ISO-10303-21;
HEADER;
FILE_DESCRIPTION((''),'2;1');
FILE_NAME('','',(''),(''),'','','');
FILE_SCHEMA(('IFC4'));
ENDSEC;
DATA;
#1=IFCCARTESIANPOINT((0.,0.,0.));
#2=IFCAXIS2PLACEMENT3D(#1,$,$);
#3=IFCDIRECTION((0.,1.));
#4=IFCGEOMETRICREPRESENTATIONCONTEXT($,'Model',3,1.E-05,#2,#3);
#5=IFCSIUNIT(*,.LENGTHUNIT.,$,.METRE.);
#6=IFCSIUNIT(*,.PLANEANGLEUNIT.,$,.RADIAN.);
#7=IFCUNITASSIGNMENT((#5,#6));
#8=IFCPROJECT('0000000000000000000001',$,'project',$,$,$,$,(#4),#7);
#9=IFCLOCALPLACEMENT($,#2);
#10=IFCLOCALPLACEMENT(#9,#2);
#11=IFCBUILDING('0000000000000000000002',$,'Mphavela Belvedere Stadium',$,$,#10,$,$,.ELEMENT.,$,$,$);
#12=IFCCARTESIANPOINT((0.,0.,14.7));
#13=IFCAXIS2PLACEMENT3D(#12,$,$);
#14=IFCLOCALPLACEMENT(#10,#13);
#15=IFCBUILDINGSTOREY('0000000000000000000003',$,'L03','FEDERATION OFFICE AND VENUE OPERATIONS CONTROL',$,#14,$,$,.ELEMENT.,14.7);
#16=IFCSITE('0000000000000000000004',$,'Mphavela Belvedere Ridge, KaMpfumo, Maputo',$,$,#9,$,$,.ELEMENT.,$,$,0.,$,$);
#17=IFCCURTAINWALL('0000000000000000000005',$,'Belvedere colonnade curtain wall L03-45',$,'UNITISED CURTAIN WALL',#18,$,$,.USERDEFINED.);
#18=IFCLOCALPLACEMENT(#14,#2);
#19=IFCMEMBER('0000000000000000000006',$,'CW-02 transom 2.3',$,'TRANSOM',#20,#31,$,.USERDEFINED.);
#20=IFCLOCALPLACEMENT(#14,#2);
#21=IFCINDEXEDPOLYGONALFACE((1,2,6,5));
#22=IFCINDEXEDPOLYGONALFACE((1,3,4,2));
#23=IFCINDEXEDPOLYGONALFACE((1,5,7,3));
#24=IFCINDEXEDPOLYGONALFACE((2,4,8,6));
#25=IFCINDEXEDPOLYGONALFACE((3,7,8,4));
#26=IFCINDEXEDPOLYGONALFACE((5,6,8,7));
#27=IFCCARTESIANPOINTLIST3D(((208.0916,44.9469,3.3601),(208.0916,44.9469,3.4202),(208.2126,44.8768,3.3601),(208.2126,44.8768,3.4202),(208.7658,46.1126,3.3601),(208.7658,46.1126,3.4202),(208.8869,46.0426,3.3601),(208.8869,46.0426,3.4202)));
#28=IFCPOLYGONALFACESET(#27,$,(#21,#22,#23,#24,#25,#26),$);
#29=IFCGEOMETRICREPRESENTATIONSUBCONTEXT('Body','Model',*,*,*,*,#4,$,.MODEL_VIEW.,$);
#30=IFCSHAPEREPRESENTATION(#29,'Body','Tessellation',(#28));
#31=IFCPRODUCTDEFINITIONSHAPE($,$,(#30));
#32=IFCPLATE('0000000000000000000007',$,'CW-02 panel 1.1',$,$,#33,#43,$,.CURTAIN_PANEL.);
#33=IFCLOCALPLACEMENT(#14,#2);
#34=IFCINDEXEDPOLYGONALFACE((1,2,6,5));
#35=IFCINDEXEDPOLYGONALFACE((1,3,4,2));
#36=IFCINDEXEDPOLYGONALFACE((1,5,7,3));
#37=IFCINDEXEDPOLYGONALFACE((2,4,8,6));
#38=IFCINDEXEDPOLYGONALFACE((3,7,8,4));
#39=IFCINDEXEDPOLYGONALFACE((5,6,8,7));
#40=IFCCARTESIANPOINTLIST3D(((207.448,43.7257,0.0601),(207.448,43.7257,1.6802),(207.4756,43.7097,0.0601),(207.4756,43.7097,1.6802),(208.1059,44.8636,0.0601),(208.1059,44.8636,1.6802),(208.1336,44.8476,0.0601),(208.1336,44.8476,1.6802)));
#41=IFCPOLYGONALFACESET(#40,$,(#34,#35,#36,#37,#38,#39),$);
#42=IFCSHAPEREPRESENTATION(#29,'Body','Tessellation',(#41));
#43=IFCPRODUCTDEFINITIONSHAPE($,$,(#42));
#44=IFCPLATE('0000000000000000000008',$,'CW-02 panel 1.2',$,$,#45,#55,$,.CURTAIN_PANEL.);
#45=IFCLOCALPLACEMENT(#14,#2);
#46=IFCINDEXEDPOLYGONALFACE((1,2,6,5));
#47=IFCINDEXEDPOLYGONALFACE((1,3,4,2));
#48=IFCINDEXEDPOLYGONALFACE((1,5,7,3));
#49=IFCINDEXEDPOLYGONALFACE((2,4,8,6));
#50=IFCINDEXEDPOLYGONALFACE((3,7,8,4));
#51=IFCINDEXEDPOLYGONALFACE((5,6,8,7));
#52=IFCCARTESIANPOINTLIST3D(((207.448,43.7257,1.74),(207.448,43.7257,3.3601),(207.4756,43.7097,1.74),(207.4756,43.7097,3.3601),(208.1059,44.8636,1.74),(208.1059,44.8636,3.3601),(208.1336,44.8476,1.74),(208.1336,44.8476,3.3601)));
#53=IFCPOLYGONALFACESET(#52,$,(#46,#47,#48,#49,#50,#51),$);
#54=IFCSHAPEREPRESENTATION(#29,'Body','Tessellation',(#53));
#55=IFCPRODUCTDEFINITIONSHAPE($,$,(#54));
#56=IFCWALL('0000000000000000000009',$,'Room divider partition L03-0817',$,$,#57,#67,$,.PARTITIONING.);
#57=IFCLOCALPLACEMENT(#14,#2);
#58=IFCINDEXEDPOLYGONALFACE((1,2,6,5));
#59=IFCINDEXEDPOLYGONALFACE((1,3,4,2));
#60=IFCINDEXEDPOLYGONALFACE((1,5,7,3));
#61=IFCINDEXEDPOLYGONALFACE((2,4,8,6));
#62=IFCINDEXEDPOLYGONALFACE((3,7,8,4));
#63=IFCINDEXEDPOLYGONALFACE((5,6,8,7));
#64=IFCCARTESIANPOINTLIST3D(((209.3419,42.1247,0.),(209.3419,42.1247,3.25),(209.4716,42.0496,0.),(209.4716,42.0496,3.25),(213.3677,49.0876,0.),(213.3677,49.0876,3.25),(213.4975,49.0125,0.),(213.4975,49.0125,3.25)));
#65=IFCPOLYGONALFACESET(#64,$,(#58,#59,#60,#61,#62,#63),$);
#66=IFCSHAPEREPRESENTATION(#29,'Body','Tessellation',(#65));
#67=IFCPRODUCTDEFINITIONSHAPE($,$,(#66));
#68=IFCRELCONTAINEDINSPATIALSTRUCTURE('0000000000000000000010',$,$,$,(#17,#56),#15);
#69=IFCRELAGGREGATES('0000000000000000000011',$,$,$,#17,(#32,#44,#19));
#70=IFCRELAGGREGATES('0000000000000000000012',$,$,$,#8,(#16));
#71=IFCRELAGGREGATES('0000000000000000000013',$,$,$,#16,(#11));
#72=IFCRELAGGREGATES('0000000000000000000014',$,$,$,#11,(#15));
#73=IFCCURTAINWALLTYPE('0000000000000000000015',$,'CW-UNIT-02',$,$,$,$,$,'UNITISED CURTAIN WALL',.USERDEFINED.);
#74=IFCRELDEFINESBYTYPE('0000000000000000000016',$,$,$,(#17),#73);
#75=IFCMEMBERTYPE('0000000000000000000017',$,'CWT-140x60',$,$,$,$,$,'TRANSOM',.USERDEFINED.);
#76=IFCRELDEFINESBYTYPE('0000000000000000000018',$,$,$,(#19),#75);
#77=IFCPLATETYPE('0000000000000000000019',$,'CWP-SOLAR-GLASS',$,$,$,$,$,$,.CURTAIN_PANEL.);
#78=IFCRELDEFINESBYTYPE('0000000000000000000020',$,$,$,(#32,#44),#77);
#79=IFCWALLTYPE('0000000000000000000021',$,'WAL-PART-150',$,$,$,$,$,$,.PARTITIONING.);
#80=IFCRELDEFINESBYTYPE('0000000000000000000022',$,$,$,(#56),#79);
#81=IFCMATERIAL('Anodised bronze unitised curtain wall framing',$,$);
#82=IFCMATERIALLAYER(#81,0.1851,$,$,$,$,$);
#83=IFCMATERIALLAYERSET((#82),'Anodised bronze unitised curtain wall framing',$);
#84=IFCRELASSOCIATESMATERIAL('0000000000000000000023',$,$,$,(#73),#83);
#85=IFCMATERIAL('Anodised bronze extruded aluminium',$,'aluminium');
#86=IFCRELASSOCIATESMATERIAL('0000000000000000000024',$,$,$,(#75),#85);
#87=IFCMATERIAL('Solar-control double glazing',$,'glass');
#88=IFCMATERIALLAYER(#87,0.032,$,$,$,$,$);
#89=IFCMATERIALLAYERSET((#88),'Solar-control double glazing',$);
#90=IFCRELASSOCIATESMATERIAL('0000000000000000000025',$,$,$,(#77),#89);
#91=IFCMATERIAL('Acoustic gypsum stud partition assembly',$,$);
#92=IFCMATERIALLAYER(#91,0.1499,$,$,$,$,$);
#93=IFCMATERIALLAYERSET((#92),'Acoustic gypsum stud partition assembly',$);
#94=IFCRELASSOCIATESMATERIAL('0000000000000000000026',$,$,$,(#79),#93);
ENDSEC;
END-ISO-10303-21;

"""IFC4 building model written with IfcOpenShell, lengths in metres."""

from ifc_helpers import new_model, si_unit, direction, frame, frame_2d, origin, origin_2d, place, context, subcontext, project, spatial, rectangle, extrude, material, layer, layer_set, material_profile, profile_set, type_object, element, aggregate, save


model = new_model("IFC4")

# Units and contexts
model_context = context("Model", 3, precision=1e-05, world=origin(), true_north=direction((0.0, 1.0)))
body_context = subcontext(model_context, "Body", "Model", "MODEL_VIEW")
ifc_project = project(units=[si_unit("LENGTHUNIT", "METRE"), si_unit("PLANEANGLEUNIT", "RADIAN")], contexts=[model_context])

# Site, building, storey
site_placement = place(None, origin())
site = spatial("IfcSite", under=ifc_project, at=site_placement, Name="Mphavela Belvedere Ridge, KaMpfumo, Maputo", CompositionType="ELEMENT", RefElevation=0.0)
building_placement = place(site_placement, origin())
building = spatial("IfcBuilding", under=site, at=building_placement, Name="Mphavela Belvedere Stadium", CompositionType="ELEMENT")
storey_placement = place(building_placement, frame((0.0, 0.0, 14.7)))
storey = spatial("IfcBuildingStorey", under=building, at=storey_placement, Name="L03", Description="FEDERATION OFFICE AND VENUE OPERATIONS CONTROL", CompositionType="ELEMENT", Elevation=14.7)

# Curtain wall, member, plates
ifc_material_1 = material(Name="Anodised bronze unitised curtain wall framing")
ifc_layer_1 = layer(ifc_material_1, 0.1851)
ifc_layer_set_1 = layer_set([ifc_layer_1], Name="Anodised bronze unitised curtain wall framing")
curtain_wall_type = type_object("IfcCurtainWallType", Name="CW-UNIT-02", ElementType="UNITISED CURTAIN WALL", PredefinedType="USERDEFINED", material=ifc_layer_set_1)
curtain_wall_placement = place(storey_placement, origin())
curtain_wall = element("IfcCurtainWall", 1, at=curtain_wall_placement, inside=storey, type_object=curtain_wall_type, Name="Belvedere colonnade curtain wall L03-45", ObjectType="UNITISED CURTAIN WALL", PredefinedType="USERDEFINED")
ifc_material_2 = material(Name="Anodised bronze extruded aluminium", Category="aluminium")
ifc_material_profile_1 = material_profile(ifc_material_2, rectangle(XDim=0.1399, YDim=0.0601, at=origin_2d()), Name="CW-TRN 140x60")
ifc_profile_set_1 = profile_set([ifc_material_profile_1], Name="Anodised bronze extruded aluminium")
member_type_1 = type_object("IfcMemberType", Name="CWT-140x60", ElementType="TRANSOM", PredefinedType="USERDEFINED", material=ifc_profile_set_1)
member_1_placement = place(storey_placement, frame((208.1521, 44.9119, 3.3901), z_axis=(0.5007, 0.865621, 0.0), x_axis=(-0.865621, 0.5007, 0.0)))
member_1 = element("IfcMember", 2, at=member_1_placement, type_object=member_type_1, Name="CW-02 transom 2.3", ObjectType="TRANSOM", PredefinedType="USERDEFINED", context=body_context, shape_type="SweptSolid", body=[
    extrude(rectangle(XDim=0.1399, YDim=0.0601, at=origin_2d()), origin(), (0.0, 0.0, 1.0), 1.3467),
])
ifc_material_3 = material(Name="Solar-control double glazing", Category="glass")
ifc_layer_2 = layer(ifc_material_3, 0.032)
ifc_layer_set_2 = layer_set([ifc_layer_2], Name="Solar-control double glazing")
plate_type = type_object("IfcPlateType", Name="CWP-SOLAR-GLASS", PredefinedType="CURTAIN_PANEL", material=ifc_layer_set_2)
plate_1_placement = place(storey_placement, frame((207.7908, 44.2866, 0.0601), z_axis=(0.0, 0.0, 1.0), x_axis=(0.500554, 0.865705, 0.0)))
plate_1 = element("IfcPlate", 3, at=plate_1_placement, type_object=plate_type, Name="CW-02 panel 1.1", PredefinedType="CURTAIN_PANEL", context=body_context, shape_type="SweptSolid", body=[
    extrude(rectangle(XDim=1.3145, YDim=0.032, at=origin_2d()), origin(), (0.0, 0.0, 1.0), 1.6201),
])
plate_2_placement = place(storey_placement, frame((207.7908, 44.2866, 1.74), z_axis=(0.0, 0.0, 1.0), x_axis=(0.500554, 0.865705, 0.0)))
plate_2 = element("IfcPlate", 4, at=plate_2_placement, type_object=plate_type, Name="CW-02 panel 1.2", PredefinedType="CURTAIN_PANEL", context=body_context, shape_type="SweptSolid", body=[
    extrude(rectangle(XDim=1.3145, YDim=0.032, at=origin_2d()), origin(), (0.0, 0.0, 1.0), 1.6201),
])
aggregate(curtain_wall, [plate_1, plate_2, member_1])

# Wall
ifc_material_4 = material(Name="Acoustic gypsum stud partition assembly")
ifc_layer_3 = layer(ifc_material_4, 0.1499)
ifc_layer_set_3 = layer_set([ifc_layer_3], Name="Acoustic gypsum stud partition assembly")
wall_type = type_object("IfcWallType", Name="WAL-PART-150", PredefinedType="PARTITIONING", material=ifc_layer_set_3)
wall_placement = place(storey_placement, frame((209.4067, 42.0872, 0.0), z_axis=(0.0, 0.0, 1.0), x_axis=(0.500546, 0.86571, 0.0)))
element("IfcWall", 5, at=wall_placement, inside=storey, type_object=wall_type, Name="Room divider partition L03-0817", PredefinedType="PARTITIONING", context=body_context, shape_type="SweptSolid", body=[
    extrude(rectangle(XDim=8.043, YDim=0.1499, at=frame_2d((4.0215, 0.0))), origin(), (0.0, 0.0, 1.0), 3.25),
])

save(model, "model.ifc")
